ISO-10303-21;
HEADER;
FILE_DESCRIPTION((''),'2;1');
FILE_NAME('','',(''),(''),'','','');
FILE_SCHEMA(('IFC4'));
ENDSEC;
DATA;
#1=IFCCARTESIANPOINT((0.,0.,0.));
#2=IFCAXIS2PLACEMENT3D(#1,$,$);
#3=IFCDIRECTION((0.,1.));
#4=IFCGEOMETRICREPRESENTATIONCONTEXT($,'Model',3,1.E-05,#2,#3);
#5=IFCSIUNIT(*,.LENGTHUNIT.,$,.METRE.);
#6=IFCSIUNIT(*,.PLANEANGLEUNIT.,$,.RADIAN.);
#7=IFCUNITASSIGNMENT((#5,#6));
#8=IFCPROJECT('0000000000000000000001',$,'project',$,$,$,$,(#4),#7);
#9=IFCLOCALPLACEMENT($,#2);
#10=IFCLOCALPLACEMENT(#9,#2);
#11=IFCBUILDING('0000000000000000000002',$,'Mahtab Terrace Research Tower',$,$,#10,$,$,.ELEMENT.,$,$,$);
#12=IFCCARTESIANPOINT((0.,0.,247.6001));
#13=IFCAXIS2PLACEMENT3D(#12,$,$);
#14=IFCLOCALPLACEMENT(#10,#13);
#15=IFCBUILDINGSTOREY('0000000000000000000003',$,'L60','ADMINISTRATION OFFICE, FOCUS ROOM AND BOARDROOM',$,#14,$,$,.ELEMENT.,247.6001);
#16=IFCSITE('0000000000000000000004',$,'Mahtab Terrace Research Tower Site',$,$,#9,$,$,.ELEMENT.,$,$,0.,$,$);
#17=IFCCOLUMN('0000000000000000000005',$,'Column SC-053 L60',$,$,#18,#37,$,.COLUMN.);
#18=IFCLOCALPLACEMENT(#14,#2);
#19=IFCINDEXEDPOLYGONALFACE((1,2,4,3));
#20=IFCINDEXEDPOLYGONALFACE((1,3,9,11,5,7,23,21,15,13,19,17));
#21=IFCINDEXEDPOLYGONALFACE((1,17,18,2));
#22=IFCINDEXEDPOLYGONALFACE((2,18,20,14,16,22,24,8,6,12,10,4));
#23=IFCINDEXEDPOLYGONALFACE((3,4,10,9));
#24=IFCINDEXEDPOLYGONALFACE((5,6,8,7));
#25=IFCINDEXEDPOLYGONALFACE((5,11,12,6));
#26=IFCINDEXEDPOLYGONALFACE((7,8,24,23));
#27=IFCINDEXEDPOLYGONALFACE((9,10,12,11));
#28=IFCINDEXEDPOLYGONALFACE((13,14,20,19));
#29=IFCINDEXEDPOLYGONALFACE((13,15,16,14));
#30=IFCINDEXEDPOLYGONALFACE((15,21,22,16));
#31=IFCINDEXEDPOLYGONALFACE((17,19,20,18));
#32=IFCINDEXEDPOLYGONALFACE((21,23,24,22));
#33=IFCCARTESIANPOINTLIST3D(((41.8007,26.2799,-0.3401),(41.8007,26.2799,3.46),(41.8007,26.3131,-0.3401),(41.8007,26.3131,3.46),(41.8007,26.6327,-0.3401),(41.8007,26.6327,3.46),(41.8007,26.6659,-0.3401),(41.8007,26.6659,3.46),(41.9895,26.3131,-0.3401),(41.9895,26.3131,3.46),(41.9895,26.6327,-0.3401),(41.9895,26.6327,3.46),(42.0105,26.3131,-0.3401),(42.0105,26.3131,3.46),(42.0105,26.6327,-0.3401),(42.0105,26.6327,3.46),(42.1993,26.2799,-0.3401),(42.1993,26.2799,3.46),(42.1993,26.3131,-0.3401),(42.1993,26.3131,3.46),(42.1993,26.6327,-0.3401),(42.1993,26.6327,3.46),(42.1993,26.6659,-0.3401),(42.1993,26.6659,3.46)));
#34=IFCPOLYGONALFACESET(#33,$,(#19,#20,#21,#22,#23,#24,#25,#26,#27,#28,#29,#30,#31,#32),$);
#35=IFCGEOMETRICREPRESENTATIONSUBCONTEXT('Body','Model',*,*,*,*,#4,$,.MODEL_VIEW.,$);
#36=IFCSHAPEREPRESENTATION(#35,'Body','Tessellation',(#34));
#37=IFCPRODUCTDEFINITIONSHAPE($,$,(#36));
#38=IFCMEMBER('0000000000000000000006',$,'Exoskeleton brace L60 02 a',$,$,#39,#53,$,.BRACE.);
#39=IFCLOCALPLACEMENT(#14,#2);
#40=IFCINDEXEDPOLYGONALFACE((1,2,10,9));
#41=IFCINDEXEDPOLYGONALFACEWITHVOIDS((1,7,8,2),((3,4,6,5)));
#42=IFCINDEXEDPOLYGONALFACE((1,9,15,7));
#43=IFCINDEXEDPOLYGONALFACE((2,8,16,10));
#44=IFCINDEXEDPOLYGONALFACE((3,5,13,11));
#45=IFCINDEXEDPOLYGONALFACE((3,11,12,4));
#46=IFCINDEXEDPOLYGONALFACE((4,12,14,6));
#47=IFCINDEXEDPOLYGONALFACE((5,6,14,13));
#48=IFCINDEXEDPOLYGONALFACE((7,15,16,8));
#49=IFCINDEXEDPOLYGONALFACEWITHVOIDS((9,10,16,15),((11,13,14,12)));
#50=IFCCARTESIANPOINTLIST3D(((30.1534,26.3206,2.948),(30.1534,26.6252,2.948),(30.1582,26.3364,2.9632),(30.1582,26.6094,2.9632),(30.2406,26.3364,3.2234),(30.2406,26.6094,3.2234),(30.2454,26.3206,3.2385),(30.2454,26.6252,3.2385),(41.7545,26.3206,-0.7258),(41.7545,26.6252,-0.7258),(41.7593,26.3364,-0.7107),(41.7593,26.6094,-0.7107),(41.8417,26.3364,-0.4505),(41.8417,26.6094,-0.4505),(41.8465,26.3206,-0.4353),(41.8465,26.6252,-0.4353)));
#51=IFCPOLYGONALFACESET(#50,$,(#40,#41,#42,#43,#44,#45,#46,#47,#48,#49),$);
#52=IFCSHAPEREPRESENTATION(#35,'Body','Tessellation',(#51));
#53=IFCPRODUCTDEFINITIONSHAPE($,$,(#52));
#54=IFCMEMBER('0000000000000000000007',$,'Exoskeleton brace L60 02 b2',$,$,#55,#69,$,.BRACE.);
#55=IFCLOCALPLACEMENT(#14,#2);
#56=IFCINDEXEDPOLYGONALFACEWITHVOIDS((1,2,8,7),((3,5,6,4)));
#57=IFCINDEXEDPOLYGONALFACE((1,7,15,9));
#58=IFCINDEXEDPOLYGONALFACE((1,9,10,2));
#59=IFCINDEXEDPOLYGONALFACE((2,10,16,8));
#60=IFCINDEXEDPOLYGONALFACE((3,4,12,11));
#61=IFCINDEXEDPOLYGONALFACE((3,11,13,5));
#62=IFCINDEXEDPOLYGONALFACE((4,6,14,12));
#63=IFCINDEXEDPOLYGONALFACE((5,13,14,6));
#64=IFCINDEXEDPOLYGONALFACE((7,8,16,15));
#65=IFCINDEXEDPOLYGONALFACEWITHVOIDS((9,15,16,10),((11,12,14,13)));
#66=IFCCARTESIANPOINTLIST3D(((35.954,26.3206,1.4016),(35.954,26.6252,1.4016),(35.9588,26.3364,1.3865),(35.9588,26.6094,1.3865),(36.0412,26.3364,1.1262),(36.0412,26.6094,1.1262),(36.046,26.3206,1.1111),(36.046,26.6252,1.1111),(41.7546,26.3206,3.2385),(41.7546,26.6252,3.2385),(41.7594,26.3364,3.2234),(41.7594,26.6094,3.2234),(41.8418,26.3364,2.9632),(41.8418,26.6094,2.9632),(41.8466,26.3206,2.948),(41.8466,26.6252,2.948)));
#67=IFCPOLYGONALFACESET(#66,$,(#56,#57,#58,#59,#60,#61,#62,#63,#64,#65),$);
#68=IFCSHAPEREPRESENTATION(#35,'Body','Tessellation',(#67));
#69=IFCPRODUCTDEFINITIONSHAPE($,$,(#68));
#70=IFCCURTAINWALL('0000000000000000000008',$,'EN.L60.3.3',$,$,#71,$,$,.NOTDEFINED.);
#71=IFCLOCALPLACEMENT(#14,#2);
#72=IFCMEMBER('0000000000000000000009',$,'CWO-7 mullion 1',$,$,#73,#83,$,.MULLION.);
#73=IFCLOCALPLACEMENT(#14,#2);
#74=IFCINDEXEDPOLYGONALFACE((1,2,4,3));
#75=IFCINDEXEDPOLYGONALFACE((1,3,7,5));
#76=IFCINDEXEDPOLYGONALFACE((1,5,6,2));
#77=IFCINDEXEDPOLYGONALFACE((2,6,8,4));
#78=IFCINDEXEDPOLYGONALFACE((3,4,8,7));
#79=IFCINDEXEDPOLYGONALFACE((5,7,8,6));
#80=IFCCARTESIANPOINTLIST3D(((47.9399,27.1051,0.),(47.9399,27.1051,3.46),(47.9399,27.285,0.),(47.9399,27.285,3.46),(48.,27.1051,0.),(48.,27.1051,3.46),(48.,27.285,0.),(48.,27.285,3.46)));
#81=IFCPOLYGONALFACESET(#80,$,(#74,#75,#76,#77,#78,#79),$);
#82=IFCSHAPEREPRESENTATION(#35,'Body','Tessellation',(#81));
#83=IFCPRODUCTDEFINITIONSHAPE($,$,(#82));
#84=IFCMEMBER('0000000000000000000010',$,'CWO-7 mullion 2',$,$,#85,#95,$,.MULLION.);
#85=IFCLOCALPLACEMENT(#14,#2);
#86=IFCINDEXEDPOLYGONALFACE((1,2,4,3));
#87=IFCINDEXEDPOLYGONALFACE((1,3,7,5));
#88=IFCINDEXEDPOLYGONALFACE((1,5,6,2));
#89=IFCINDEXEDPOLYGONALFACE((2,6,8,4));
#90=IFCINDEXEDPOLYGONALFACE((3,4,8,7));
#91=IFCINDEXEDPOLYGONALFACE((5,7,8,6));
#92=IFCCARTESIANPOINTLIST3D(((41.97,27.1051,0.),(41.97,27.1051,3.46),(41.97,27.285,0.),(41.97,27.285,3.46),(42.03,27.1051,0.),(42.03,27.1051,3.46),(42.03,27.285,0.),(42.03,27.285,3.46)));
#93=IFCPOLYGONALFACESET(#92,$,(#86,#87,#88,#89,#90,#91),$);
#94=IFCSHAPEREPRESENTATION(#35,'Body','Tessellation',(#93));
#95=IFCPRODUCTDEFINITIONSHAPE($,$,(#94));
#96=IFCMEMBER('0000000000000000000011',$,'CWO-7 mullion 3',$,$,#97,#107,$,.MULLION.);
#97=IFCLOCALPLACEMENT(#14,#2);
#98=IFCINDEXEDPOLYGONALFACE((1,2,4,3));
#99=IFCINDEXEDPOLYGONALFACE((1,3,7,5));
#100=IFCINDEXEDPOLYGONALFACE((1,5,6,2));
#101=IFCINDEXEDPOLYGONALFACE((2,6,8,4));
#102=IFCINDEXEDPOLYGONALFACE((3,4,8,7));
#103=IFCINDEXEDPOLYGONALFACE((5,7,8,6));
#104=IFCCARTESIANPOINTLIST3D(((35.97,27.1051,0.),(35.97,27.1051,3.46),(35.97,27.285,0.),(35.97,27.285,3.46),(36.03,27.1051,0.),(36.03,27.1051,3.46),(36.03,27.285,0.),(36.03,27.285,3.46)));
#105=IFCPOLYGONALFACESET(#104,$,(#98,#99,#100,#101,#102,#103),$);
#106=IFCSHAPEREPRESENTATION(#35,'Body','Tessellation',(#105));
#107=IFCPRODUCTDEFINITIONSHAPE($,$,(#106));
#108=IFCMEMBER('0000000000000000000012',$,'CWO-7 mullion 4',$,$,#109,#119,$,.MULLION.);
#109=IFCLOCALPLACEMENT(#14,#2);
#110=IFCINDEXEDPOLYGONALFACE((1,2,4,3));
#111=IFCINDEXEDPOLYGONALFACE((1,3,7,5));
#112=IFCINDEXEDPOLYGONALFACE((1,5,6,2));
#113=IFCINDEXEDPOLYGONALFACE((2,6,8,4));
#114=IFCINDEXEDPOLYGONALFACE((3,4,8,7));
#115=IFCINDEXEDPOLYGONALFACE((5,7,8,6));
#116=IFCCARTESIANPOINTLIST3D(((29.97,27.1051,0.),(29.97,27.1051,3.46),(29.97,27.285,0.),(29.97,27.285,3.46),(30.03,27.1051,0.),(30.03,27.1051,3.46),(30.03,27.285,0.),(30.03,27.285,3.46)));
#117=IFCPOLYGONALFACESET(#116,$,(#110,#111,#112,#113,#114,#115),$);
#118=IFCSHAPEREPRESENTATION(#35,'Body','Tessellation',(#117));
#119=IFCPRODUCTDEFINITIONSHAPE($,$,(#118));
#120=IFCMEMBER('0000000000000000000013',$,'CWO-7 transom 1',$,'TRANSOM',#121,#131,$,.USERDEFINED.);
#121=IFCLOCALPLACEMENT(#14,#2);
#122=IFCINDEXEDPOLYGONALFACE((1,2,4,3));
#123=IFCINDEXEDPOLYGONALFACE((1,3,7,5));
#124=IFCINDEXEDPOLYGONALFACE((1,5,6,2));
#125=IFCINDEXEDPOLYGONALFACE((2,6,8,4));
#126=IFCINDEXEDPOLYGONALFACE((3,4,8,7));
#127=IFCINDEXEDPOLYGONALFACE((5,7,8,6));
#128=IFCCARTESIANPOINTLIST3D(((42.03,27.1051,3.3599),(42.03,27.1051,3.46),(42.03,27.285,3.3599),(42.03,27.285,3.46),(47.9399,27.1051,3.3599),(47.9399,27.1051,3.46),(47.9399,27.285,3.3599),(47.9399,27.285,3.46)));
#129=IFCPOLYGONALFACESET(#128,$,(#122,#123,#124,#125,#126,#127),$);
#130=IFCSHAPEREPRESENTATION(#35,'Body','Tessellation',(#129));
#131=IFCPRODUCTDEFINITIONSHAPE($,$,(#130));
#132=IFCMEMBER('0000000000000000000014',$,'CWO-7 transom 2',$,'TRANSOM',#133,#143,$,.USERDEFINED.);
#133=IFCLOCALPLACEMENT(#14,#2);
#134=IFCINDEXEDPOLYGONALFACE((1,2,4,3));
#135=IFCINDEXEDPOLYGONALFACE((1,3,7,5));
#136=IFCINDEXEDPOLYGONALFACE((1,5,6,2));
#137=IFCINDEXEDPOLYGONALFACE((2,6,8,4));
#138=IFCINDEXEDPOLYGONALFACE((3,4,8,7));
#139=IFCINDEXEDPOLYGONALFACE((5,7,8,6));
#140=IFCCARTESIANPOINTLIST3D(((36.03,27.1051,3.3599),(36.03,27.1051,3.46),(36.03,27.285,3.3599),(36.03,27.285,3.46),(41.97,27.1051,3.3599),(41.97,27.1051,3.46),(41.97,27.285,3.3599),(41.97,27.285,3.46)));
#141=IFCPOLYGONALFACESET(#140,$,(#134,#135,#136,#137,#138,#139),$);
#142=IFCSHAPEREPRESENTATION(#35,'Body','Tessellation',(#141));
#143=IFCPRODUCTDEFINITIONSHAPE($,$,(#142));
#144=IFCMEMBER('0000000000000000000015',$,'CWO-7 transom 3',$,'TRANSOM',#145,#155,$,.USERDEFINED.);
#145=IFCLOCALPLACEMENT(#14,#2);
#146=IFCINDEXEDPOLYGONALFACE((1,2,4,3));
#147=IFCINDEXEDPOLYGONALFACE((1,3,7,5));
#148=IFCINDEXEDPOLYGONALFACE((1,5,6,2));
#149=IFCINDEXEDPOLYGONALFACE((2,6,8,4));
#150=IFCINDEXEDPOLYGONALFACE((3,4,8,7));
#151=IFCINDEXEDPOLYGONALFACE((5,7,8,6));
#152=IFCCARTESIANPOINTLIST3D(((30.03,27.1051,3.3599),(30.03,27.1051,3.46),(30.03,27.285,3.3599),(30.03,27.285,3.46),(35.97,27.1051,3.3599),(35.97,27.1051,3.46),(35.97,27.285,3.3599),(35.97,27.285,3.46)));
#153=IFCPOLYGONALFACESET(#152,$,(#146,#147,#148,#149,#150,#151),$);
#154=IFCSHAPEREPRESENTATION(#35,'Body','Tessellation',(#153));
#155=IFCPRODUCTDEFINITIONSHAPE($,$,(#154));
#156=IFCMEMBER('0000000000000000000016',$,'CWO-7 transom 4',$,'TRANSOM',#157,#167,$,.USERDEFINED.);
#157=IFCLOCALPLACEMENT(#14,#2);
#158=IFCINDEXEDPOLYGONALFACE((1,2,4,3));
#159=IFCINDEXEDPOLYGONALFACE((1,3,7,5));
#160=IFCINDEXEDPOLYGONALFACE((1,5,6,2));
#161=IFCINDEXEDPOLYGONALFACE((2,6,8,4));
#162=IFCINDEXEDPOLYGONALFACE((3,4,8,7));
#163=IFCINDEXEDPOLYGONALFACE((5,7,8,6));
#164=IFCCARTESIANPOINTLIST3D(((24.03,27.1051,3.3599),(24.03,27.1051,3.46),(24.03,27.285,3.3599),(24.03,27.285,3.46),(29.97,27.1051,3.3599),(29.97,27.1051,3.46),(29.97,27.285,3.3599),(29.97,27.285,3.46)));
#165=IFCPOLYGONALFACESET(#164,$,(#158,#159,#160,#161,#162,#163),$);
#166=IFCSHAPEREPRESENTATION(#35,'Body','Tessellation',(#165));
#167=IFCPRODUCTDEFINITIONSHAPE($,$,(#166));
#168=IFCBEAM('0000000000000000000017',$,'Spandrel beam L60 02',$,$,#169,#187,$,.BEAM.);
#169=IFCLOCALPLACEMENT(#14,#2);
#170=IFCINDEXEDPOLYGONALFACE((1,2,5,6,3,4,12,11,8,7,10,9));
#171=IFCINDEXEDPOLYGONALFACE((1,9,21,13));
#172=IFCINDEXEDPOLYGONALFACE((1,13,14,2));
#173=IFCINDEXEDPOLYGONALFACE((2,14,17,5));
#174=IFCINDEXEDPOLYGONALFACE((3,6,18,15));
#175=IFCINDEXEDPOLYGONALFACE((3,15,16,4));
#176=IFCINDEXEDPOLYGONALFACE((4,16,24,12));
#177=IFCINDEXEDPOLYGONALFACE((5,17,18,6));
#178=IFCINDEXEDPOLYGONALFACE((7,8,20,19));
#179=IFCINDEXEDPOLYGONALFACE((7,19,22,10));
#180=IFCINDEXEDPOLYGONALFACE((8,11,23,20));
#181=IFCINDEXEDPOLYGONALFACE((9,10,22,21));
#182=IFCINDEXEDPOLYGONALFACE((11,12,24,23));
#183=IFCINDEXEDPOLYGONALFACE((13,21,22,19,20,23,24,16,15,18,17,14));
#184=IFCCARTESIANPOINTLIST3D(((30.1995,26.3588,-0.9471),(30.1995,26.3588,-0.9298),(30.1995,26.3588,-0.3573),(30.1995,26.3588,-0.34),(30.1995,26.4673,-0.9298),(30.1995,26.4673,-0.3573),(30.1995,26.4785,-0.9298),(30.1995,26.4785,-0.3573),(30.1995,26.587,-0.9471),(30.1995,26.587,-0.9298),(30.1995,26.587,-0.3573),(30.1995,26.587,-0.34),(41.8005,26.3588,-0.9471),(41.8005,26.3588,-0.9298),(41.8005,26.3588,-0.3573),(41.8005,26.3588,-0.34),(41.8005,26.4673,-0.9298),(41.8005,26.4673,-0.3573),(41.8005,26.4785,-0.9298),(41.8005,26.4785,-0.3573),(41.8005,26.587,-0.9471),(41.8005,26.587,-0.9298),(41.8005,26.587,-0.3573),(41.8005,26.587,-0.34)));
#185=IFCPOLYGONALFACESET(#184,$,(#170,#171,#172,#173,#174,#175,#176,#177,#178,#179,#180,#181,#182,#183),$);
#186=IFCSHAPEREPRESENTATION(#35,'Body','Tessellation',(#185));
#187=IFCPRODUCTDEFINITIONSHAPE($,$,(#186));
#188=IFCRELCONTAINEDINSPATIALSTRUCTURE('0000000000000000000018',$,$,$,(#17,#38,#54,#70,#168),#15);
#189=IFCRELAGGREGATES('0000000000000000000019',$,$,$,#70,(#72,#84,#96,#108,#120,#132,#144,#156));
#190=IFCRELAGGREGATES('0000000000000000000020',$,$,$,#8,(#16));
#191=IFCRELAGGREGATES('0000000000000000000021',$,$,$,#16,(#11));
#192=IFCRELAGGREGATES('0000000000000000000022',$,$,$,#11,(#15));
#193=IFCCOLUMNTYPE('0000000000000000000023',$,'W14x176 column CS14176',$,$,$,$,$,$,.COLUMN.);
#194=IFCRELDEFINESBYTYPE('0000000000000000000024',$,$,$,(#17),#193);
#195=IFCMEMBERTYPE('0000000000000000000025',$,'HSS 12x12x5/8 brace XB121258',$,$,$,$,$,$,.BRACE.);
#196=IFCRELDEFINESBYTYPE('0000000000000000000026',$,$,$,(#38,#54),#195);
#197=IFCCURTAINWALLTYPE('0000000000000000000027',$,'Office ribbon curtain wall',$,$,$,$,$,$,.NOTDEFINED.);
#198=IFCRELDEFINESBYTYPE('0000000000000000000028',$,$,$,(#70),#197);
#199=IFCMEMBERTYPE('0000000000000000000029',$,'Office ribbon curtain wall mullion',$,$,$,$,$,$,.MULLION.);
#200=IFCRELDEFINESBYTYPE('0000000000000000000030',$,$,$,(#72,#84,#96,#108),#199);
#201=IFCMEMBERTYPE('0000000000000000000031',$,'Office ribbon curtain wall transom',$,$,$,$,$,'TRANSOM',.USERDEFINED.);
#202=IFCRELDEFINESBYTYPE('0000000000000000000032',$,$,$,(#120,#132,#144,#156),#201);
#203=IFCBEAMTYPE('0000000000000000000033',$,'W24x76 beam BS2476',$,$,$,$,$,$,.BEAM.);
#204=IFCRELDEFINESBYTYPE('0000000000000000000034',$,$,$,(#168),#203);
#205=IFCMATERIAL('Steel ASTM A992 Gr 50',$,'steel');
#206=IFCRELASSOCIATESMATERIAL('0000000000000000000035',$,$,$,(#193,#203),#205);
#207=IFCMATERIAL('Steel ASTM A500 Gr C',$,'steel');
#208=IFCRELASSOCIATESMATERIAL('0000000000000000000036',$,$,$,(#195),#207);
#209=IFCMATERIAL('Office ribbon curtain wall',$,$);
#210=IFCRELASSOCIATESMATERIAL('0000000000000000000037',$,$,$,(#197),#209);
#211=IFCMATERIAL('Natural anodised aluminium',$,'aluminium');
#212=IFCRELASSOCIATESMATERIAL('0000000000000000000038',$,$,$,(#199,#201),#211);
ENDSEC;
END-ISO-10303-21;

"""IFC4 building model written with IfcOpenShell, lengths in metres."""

from ifc_helpers import new_model, si_unit, direction, frame, origin, origin_2d, place, context, subcontext, project, spatial, rectangle, hollow_rectangle, i_section, extrude, material, material_profile, profile_set, type_object, element, aggregate, save


model = new_model("IFC4")

# Units and contexts
model_context = context("Model", 3, precision=1e-05, world=origin(), true_north=direction((0.0, 1.0)))
body_context = subcontext(model_context, "Body", "Model", "MODEL_VIEW")
ifc_project = project(units=[si_unit("LENGTHUNIT", "METRE"), si_unit("PLANEANGLEUNIT", "RADIAN")], contexts=[model_context])

# Site, building, storey
site_placement = place(None, origin())
site = spatial("IfcSite", under=ifc_project, at=site_placement, Name="Mahtab Terrace Research Tower Site", CompositionType="ELEMENT", RefElevation=0.0)
building_placement = place(site_placement, origin())
building = spatial("IfcBuilding", under=site, at=building_placement, Name="Mahtab Terrace Research Tower", CompositionType="ELEMENT")
storey_placement = place(building_placement, frame((0.0, 0.0, 247.6001)))
storey = spatial("IfcBuildingStorey", under=building, at=storey_placement, Name="L60", Description="ADMINISTRATION OFFICE, FOCUS ROOM AND BOARDROOM", CompositionType="ELEMENT", Elevation=247.6001)

# Column
ifc_material_1 = material(Name="Steel ASTM A992 Gr 50", Category="steel")
ifc_material_profile_1 = material_profile(ifc_material_1, i_section(OverallWidth=0.3987, OverallDepth=0.386, WebThickness=0.021, FlangeThickness=0.0332, at=origin_2d()), Name="W14X176")
ifc_profile_set_1 = profile_set([ifc_material_profile_1], Name="Steel ASTM A992 Gr 50")
column_type = type_object("IfcColumnType", Name="W14x176 column CS14176", PredefinedType="COLUMN", material=ifc_profile_set_1)
column_placement = place(storey_placement, frame((42.0, 26.4729, -0.3401), z_axis=(0.0, 0.0, 1.0), x_axis=(1.0, 0.0, 0.0)))
element("IfcColumn", 1, at=column_placement, inside=storey, type_object=column_type, Name="Column SC-053 L60", PredefinedType="COLUMN", context=body_context, shape_type="SweptSolid", body=[
    extrude(i_section(OverallWidth=0.3987, OverallDepth=0.386, WebThickness=0.021, FlangeThickness=0.0332, at=origin_2d()), origin(), (0.0, 0.0, 1.0), 3.8),
])

# Members
ifc_material_2 = material(Name="Steel ASTM A500 Gr C", Category="steel")
ifc_material_profile_2 = material_profile(ifc_material_2, hollow_rectangle(XDim=0.3047, YDim=0.3047, WallThickness=0.0159, at=origin_2d()), Name="HSS12X12X5/8")
ifc_profile_set_2 = profile_set([ifc_material_profile_2], Name="Steel ASTM A500 Gr C")
member_type_1 = type_object("IfcMemberType", Name="HSS 12x12x5/8 brace XB121258", PredefinedType="BRACE", material=ifc_profile_set_2)
member_1_placement = place(storey_placement, frame((41.8005, 26.4729, -0.5806), z_axis=(-0.953339, 0.0, 0.301903), x_axis=(0.0, -1.0, 0.0)))
element("IfcMember", 2, at=member_1_placement, inside=storey, type_object=member_type_1, Name="Exoskeleton brace L60 02 a", PredefinedType="BRACE", context=body_context, shape_type="SweptSolid", body=[
    extrude(hollow_rectangle(XDim=0.3047, YDim=0.3047, WallThickness=0.0159, at=origin_2d()), origin(), (0.0, 0.0, 1.0), 12.1689),
])
member_2_placement = place(storey_placement, frame((36.0, 26.4729, 1.2563), z_axis=(0.953339, 0.0, 0.301903), x_axis=(0.0, 1.0, 0.0)))
element("IfcMember", 3, at=member_2_placement, inside=storey, type_object=member_type_1, Name="Exoskeleton brace L60 02 b2", PredefinedType="BRACE", context=body_context, shape_type="SweptSolid", body=[
    extrude(hollow_rectangle(XDim=0.3047, YDim=0.3047, WallThickness=0.0159, at=origin_2d()), origin(), (0.0, 0.0, 1.0), 6.0845),
])

# Curtain wall, members
ifc_material_3 = material(Name="Office ribbon curtain wall")
curtain_wall_type = type_object("IfcCurtainWallType", Name="Office ribbon curtain wall", PredefinedType="NOTDEFINED", material=ifc_material_3)
curtain_wall_placement = place(storey_placement, origin())
curtain_wall = element("IfcCurtainWall", 4, at=curtain_wall_placement, inside=storey, type_object=curtain_wall_type, Name="EN.L60.3.3", PredefinedType="NOTDEFINED")
ifc_material_4 = material(Name="Natural anodised aluminium", Category="aluminium")
ifc_material_profile_3 = material_profile(ifc_material_4, rectangle(XDim=0.1799, YDim=0.0601, at=origin_2d()), Name="MULLION 60x180")
ifc_profile_set_3 = profile_set([ifc_material_profile_3], Name="Natural anodised aluminium")
member_type_2 = type_object("IfcMemberType", Name="Office ribbon curtain wall mullion", PredefinedType="MULLION", material=ifc_profile_set_3)
member_3_placement = place(storey_placement, frame((47.97, 27.1951, 0.0), z_axis=(0.0, 0.0, 1.0), x_axis=(0.0, -1.0, 0.0)))
member_3 = element("IfcMember", 5, at=member_3_placement, type_object=member_type_2, Name="CWO-7 mullion 1", PredefinedType="MULLION", context=body_context, shape_type="SweptSolid", body=[
    extrude(rectangle(XDim=0.1799, YDim=0.0601, at=origin_2d()), origin(), (0.0, 0.0, 1.0), 3.46),
])
member_4_placement = place(storey_placement, frame((42.0, 27.1951, 0.0), z_axis=(0.0, 0.0, 1.0), x_axis=(0.0, -1.0, 0.0)))
member_4 = element("IfcMember", 6, at=member_4_placement, type_object=member_type_2, Name="CWO-7 mullion 2", PredefinedType="MULLION", context=body_context, shape_type="SweptSolid", body=[
    extrude(rectangle(XDim=0.1799, YDim=0.0601, at=origin_2d()), origin(), (0.0, 0.0, 1.0), 3.46),
])
member_5_placement = place(storey_placement, frame((36.0, 27.1951, 0.0), z_axis=(0.0, 0.0, 1.0), x_axis=(0.0, -1.0, 0.0)))
member_5 = element("IfcMember", 7, at=member_5_placement, type_object=member_type_2, Name="CWO-7 mullion 3", PredefinedType="MULLION", context=body_context, shape_type="SweptSolid", body=[
    extrude(rectangle(XDim=0.1799, YDim=0.0601, at=origin_2d()), origin(), (0.0, 0.0, 1.0), 3.46),
])
member_6_placement = place(storey_placement, frame((30.0, 27.1951, 0.0), z_axis=(0.0, 0.0, 1.0), x_axis=(0.0, -1.0, 0.0)))
member_6 = element("IfcMember", 8, at=member_6_placement, type_object=member_type_2, Name="CWO-7 mullion 4", PredefinedType="MULLION", context=body_context, shape_type="SweptSolid", body=[
    extrude(rectangle(XDim=0.1799, YDim=0.0601, at=origin_2d()), origin(), (0.0, 0.0, 1.0), 3.46),
])
ifc_material_profile_4 = material_profile(ifc_material_4, rectangle(XDim=0.1799, YDim=0.1001, at=origin_2d()), Name="TRANSOM 100x180")
ifc_profile_set_4 = profile_set([ifc_material_profile_4], Name="Natural anodised aluminium")
member_type_3 = type_object("IfcMemberType", Name="Office ribbon curtain wall transom", ElementType="TRANSOM", PredefinedType="USERDEFINED", material=ifc_profile_set_4)
member_7_placement = place(storey_placement, frame((47.9399, 27.1951, 3.4099), z_axis=(-1.0, 0.0, 0.0), x_axis=(0.0, -1.0, 0.0)))
member_7 = element("IfcMember", 9, at=member_7_placement, type_object=member_type_3, Name="CWO-7 transom 1", ObjectType="TRANSOM", PredefinedType="USERDEFINED", context=body_context, shape_type="SweptSolid", body=[
    extrude(rectangle(XDim=0.1799, YDim=0.1001, at=origin_2d()), origin(), (0.0, 0.0, 1.0), 5.9099),
])
member_8_placement = place(storey_placement, frame((41.97, 27.1951, 3.4099), z_axis=(-1.0, 0.0, 0.0), x_axis=(0.0, -1.0, 0.0)))
member_8 = element("IfcMember", 10, at=member_8_placement, type_object=member_type_3, Name="CWO-7 transom 2", ObjectType="TRANSOM", PredefinedType="USERDEFINED", context=body_context, shape_type="SweptSolid", body=[
    extrude(rectangle(XDim=0.1799, YDim=0.1001, at=origin_2d()), origin(), (0.0, 0.0, 1.0), 5.9399),
])
member_9_placement = place(storey_placement, frame((35.97, 27.1951, 3.4099), z_axis=(-1.0, 0.0, 0.0), x_axis=(0.0, -1.0, 0.0)))
member_9 = element("IfcMember", 11, at=member_9_placement, type_object=member_type_3, Name="CWO-7 transom 3", ObjectType="TRANSOM", PredefinedType="USERDEFINED", context=body_context, shape_type="SweptSolid", body=[
    extrude(rectangle(XDim=0.1799, YDim=0.1001, at=origin_2d()), origin(), (0.0, 0.0, 1.0), 5.9399),
])
member_10_placement = place(storey_placement, frame((29.97, 27.1951, 3.4099), z_axis=(-1.0, 0.0, 0.0), x_axis=(0.0, -1.0, 0.0)))
member_10 = element("IfcMember", 12, at=member_10_placement, type_object=member_type_3, Name="CWO-7 transom 4", ObjectType="TRANSOM", PredefinedType="USERDEFINED", context=body_context, shape_type="SweptSolid", body=[
    extrude(rectangle(XDim=0.1799, YDim=0.1001, at=origin_2d()), origin(), (0.0, 0.0, 1.0), 5.9399),
])

# Beam
ifc_material_profile_5 = material_profile(ifc_material_1, i_section(OverallWidth=0.2283, OverallDepth=0.6072, WebThickness=0.0112, FlangeThickness=0.0173, at=origin_2d()), Name="W24X76")
ifc_profile_set_5 = profile_set([ifc_material_profile_5], Name="Steel ASTM A992 Gr 50")
beam_type = type_object("IfcBeamType", Name="W24x76 beam BS2476", PredefinedType="BEAM", material=ifc_profile_set_5)
beam_placement = place(storey_placement, frame((41.8005, 26.4729, -0.6436), z_axis=(-1.0, 0.0, 0.0), x_axis=(0.0, -1.0, 0.0)))
element("IfcBeam", 13, at=beam_placement, inside=storey, type_object=beam_type, Name="Spandrel beam L60 02", PredefinedType="BEAM", context=body_context, shape_type="SweptSolid", body=[
    extrude(i_section(OverallWidth=0.2283, OverallDepth=0.6072, WebThickness=0.0112, FlangeThickness=0.0173, at=origin_2d()), origin(), (0.0, 0.0, 1.0), 11.6011),
])

aggregate(curtain_wall, [member_3, member_4, member_5, member_6, member_7, member_8, member_9, member_10])

save(model, "model.ifc")
